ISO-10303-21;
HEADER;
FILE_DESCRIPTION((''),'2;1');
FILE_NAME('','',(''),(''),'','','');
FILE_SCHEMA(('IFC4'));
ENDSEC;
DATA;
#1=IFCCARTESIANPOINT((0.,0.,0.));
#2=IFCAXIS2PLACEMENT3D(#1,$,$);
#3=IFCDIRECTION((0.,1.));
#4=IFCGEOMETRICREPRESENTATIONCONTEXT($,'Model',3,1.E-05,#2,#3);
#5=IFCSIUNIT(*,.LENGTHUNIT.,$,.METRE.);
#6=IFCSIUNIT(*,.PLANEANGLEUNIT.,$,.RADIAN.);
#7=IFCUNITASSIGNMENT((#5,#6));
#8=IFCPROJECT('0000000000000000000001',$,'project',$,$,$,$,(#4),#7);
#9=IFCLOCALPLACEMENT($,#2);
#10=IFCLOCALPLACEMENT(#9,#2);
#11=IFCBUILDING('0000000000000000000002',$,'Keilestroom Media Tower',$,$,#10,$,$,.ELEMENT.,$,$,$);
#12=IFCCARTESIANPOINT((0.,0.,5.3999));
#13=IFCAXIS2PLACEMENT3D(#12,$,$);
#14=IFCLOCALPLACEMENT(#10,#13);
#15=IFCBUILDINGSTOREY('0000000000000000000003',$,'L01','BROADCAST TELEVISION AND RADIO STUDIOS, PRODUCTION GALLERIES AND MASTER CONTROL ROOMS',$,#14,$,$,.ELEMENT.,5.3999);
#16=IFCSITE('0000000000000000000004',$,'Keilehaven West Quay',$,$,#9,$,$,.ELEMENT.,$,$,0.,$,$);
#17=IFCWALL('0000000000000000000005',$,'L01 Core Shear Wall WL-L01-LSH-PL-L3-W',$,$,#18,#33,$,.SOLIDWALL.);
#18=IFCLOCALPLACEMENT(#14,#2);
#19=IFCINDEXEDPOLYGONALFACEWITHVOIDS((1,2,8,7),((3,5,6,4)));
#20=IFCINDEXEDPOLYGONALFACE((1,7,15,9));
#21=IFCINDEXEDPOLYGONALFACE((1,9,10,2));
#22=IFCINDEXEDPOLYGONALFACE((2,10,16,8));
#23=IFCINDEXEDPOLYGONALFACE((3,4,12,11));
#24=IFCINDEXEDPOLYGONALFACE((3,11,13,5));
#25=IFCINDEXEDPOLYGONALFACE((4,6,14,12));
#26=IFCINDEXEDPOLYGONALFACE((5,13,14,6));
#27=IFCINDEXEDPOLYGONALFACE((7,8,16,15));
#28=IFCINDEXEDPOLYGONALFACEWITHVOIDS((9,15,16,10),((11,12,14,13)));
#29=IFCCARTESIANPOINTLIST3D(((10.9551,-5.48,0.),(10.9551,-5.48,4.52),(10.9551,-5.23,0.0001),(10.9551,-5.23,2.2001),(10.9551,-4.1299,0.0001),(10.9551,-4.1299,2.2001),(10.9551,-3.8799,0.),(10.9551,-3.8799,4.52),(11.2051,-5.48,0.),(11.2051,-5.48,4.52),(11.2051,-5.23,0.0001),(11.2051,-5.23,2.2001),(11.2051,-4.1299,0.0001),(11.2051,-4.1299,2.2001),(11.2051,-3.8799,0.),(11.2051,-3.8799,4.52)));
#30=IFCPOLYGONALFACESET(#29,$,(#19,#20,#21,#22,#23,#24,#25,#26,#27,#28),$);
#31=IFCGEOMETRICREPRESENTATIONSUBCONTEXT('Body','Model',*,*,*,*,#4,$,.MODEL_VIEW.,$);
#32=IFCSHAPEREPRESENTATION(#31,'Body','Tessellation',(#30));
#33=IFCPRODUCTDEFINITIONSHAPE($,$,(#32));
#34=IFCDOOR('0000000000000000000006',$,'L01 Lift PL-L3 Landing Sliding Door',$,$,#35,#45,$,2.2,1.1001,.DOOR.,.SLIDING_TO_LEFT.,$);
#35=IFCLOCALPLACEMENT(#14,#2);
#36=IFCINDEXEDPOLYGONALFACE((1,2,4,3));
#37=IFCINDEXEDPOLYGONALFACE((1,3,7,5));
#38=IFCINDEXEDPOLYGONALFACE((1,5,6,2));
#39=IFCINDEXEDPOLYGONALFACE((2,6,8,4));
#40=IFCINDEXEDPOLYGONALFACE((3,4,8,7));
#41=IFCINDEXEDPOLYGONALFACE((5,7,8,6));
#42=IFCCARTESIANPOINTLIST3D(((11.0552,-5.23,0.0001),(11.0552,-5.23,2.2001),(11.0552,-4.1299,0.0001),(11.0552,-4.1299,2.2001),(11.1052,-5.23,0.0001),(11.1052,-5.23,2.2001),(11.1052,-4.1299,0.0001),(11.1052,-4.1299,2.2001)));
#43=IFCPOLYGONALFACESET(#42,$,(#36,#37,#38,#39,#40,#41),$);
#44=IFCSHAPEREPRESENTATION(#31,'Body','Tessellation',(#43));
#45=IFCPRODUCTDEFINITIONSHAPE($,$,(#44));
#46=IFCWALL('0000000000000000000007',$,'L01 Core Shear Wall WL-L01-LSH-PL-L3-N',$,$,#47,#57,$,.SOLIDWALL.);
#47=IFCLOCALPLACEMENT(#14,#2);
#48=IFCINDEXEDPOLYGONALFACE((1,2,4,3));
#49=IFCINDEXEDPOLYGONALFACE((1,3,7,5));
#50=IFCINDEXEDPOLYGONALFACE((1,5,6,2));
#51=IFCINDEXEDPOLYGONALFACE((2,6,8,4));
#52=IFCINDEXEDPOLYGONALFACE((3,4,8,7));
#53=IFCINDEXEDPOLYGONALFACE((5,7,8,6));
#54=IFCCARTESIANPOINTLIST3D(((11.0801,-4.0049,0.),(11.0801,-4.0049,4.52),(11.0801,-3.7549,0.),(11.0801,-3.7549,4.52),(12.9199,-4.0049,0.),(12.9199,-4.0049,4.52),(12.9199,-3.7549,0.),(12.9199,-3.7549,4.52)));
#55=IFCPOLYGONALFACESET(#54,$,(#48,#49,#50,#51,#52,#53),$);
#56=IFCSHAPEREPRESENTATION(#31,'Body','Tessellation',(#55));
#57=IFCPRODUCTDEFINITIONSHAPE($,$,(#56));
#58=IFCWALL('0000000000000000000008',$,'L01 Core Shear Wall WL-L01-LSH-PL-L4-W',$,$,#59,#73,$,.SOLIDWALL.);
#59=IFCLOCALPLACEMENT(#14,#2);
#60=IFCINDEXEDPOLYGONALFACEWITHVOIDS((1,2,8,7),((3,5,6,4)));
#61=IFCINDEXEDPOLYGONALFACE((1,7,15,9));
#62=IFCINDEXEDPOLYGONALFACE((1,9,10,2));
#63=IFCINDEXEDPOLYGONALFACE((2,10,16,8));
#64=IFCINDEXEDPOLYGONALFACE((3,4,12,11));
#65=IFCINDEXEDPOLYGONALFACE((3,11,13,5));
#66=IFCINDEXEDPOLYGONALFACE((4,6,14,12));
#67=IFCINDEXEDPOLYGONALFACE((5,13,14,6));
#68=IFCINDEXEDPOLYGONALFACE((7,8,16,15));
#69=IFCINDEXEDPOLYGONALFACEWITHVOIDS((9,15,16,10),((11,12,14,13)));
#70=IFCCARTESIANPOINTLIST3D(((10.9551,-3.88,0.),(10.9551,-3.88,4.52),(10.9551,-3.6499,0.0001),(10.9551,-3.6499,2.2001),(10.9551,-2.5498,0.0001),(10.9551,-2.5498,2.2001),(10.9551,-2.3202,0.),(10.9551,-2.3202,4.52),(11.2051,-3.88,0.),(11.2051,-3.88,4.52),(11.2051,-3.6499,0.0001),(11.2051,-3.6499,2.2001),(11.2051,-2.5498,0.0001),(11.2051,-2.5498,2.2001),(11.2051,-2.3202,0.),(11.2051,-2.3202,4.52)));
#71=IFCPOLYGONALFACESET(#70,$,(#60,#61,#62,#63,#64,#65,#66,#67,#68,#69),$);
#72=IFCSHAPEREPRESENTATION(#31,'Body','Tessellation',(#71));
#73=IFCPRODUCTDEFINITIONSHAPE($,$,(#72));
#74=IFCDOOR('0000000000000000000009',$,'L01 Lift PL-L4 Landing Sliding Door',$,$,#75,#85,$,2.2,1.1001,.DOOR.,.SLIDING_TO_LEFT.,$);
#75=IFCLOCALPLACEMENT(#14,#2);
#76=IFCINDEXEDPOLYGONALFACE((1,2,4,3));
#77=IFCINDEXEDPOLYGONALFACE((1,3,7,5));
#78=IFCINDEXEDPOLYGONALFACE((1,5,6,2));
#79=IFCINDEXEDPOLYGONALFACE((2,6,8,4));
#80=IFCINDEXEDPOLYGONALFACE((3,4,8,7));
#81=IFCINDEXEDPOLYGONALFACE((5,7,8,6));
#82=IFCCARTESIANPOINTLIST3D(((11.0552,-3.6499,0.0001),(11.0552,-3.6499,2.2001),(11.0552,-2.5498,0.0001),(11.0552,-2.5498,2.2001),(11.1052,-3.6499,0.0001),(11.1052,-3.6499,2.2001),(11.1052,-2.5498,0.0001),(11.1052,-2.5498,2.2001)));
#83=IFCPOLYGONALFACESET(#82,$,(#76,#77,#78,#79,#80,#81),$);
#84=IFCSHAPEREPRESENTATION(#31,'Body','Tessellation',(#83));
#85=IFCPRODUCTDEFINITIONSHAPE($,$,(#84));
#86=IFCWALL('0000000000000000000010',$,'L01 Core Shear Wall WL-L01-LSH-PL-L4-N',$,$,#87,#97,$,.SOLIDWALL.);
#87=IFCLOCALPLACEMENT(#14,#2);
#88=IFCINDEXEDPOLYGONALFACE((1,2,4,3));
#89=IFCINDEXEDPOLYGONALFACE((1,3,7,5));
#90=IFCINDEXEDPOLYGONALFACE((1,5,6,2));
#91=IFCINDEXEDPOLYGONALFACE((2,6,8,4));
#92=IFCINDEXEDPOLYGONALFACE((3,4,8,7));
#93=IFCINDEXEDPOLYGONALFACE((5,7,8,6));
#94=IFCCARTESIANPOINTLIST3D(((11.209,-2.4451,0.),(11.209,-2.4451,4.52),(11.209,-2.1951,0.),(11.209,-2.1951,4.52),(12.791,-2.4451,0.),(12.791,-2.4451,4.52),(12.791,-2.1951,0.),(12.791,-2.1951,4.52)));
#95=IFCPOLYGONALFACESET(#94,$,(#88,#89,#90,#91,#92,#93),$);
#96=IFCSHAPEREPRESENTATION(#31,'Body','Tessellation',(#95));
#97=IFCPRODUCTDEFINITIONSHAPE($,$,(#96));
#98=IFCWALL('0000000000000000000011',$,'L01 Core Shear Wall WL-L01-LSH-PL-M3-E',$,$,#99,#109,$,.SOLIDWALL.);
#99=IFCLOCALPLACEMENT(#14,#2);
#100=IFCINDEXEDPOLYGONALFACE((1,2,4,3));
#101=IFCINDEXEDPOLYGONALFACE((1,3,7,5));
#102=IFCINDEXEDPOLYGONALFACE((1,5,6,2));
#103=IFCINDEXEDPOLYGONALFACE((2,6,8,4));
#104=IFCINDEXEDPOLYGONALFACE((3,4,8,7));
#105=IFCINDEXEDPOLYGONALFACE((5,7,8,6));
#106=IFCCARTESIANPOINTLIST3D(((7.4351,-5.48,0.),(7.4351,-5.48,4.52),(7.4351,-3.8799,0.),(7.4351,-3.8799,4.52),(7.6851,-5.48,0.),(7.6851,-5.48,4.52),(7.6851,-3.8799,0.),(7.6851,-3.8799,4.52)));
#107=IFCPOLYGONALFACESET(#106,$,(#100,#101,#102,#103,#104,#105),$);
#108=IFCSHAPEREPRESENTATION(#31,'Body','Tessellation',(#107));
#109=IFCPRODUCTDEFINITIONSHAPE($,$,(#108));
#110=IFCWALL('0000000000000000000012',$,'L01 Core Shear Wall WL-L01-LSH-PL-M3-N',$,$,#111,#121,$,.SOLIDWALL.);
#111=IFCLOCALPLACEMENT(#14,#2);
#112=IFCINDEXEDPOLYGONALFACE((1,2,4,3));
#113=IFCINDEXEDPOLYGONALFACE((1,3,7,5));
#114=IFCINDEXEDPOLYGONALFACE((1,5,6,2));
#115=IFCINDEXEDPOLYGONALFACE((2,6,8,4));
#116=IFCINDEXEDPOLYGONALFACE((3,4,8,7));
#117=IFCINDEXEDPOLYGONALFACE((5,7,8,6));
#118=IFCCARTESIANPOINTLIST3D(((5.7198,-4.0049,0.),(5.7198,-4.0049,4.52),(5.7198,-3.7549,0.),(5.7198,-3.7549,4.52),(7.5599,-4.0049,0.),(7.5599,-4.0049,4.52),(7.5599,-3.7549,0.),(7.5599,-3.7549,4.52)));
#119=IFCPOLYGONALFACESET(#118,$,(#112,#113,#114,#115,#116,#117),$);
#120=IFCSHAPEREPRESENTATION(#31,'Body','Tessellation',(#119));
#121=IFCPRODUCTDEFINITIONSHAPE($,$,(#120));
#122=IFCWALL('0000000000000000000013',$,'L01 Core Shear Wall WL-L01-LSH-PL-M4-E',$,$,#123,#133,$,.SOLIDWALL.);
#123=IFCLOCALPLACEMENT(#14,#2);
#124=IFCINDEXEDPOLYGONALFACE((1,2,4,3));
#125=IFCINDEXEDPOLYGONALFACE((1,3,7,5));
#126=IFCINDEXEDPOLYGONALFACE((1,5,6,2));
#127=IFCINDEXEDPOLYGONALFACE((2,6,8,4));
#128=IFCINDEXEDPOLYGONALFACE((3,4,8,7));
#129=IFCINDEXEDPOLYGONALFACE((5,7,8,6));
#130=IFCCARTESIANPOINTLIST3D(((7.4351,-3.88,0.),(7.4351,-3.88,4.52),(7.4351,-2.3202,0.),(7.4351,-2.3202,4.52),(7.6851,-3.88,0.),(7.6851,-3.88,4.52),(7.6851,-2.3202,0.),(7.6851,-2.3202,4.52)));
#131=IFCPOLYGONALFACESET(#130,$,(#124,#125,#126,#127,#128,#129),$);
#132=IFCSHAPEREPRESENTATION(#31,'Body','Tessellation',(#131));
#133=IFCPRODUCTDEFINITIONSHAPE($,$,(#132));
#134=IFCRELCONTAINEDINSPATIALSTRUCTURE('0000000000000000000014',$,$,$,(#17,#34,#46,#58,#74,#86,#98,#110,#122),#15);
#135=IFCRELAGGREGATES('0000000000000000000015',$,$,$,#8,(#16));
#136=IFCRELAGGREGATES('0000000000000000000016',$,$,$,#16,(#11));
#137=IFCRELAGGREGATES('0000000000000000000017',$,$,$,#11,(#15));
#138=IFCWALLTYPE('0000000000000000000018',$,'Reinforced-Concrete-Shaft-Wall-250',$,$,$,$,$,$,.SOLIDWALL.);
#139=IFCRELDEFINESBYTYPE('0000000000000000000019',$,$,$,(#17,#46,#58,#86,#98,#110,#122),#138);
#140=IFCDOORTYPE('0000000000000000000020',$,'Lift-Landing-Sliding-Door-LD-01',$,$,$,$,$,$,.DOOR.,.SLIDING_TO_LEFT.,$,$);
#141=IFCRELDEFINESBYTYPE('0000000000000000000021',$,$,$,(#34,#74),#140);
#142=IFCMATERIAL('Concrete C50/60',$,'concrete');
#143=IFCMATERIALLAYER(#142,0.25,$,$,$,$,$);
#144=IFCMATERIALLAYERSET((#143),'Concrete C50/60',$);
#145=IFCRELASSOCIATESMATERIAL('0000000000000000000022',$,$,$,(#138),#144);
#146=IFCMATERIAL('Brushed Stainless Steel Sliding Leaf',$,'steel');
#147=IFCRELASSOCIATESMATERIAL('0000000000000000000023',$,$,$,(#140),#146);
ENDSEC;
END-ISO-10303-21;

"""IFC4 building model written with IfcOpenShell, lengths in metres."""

from ifc_helpers import new_model, si_unit, direction, frame, frame_2d, origin, place, context, subcontext, project, spatial, rectangle, extrude, source, transform, mapped, material, layer, layer_set, type_object, element, fill, save


model = new_model("IFC4")

# Units and contexts
model_context = context("Model", 3, precision=1e-05, world=origin(), true_north=direction((0.0, 1.0)))
body_context = subcontext(model_context, "Body", "Model", "MODEL_VIEW")
ifc_project = project(units=[si_unit("LENGTHUNIT", "METRE"), si_unit("PLANEANGLEUNIT", "RADIAN")], contexts=[model_context])

# Site, building, storey
site_placement = place(None, origin())
site = spatial("IfcSite", under=ifc_project, at=site_placement, Name="Keilehaven West Quay", CompositionType="ELEMENT", RefElevation=0.0)
building_placement = place(site_placement, origin())
building = spatial("IfcBuilding", under=site, at=building_placement, Name="Keilestroom Media Tower", CompositionType="ELEMENT")
storey_placement = place(building_placement, frame((0.0, 0.0, 5.3999)))
storey = spatial("IfcBuildingStorey", under=building, at=storey_placement, Name="L01", Description="BROADCAST TELEVISION AND RADIO STUDIOS, PRODUCTION GALLERIES AND MASTER CONTROL ROOMS", CompositionType="ELEMENT", Elevation=5.3999)

# Shared definitions
ifc_material_1 = material(Name="Concrete C50/60", Category="concrete")
ifc_layer_1 = layer(ifc_material_1, 0.25)
ifc_layer_set_1 = layer_set([ifc_layer_1], Name="Concrete C50/60")
wall_type_1 = type_object("IfcWallType", Name="Reinforced-Concrete-Shaft-Wall-250", PredefinedType="SOLIDWALL", material=ifc_layer_set_1)

# Shared definitions
ifc_material_2 = material(Name="Brushed Stainless Steel Sliding Leaf", Category="steel")

# Wall, opening, door
wall_1_placement = place(storey_placement, frame((11.0801, -5.48, 0.0), z_axis=(0.0, 0.0, 1.0), x_axis=(0.0, 1.0, 0.0)))
wall_1 = element("IfcWall", 1, at=wall_1_placement, inside=storey, type_object=wall_type_1, Name="L01 Core Shear Wall WL-L01-LSH-PL-L3-W", PredefinedType="SOLIDWALL", context=body_context, shape_type="SweptSolid", body=[
    extrude(rectangle(XDim=1.6001, YDim=0.25, at=frame_2d((0.8, 0.0))), origin(), (0.0, 0.0, 1.0), 4.52),
])
opening_1_placement = place(wall_1_placement, frame((0.25, 0.0, 0.0)))
opening_1 = element("IfcOpeningElement", 2, at=opening_1_placement, cuts=wall_1, PredefinedType="OPENING", context=body_context, shape_type="SweptSolid", body=[
    extrude(rectangle(XDim=1.1001, YDim=2.2, at=frame_2d((0.55, 1.1001))), frame((0.0, 0.135, 0.0), z_axis=(0.0, -1.0, 0.0), x_axis=(1.0, 0.0, 0.0)), (0.0, 0.0, 1.0), 0.27),
])
door_type_1 = type_object("IfcDoorType", Name="Lift-Landing-Sliding-Door-LD-01", OperationType="SLIDING_TO_LEFT", PredefinedType="DOOR", material=ifc_material_2)
shared_shape_1 = source(origin(), body_context, "Body", "SweptSolid", [
    extrude(rectangle(XDim=1.1001, YDim=2.2, at=frame_2d((0.55, 1.1001))), frame((0.0, 0.0249, 0.0), z_axis=(0.0, -1.0, 0.0), x_axis=(1.0, 0.0, 0.0)), (0.0, 0.0, 1.0), 0.05),
])
door_1_placement = place(opening_1_placement, origin())
door_1 = element("IfcDoor", 3, at=door_1_placement, inside=storey, type_object=door_type_1, Name="L01 Lift PL-L3 Landing Sliding Door", OperationType="SLIDING_TO_LEFT", OverallHeight=2.2, OverallWidth=1.1001, PredefinedType="DOOR", context=body_context, shape_type="MappedRepresentation", body=[
    mapped(shared_shape_1, transform((0.0, 0.0, 0.0), x_axis=(1.0, 0.0, 0.0), y_axis=(0.0, 1.0, 0.0), z_axis=(0.0, 0.0, 1.0), scale=1.0)),
])
fill(opening_1, door_1)

# Wall
wall_2_placement = place(storey_placement, frame((11.0801, -3.8799, 0.0), z_axis=(0.0, 0.0, 1.0), x_axis=(1.0, 0.0, 0.0)))
element("IfcWall", 4, at=wall_2_placement, inside=storey, type_object=wall_type_1, Name="L01 Core Shear Wall WL-L01-LSH-PL-L3-N", PredefinedType="SOLIDWALL", context=body_context, shape_type="SweptSolid", body=[
    extrude(rectangle(XDim=1.8398, YDim=0.25, at=frame_2d((0.9199, 0.0))), origin(), (0.0, 0.0, 1.0), 4.52),
])

# Wall, opening, door
wall_3_placement = place(storey_placement, frame((11.0801, -3.8799, 0.0), z_axis=(0.0, 0.0, 1.0), x_axis=(0.0, 1.0, 0.0)))
wall_3 = element("IfcWall", 5, at=wall_3_placement, inside=storey, type_object=wall_type_1, Name="L01 Core Shear Wall WL-L01-LSH-PL-L4-W", PredefinedType="SOLIDWALL", context=body_context, shape_type="SweptSolid", body=[
    extrude(rectangle(XDim=1.5598, YDim=0.25, at=frame_2d((0.7798, 0.0))), origin(), (0.0, 0.0, 1.0), 4.52),
])
opening_2_placement = place(wall_3_placement, frame((0.23, 0.0, 0.0)))
opening_2 = element("IfcOpeningElement", 6, at=opening_2_placement, cuts=wall_3, PredefinedType="OPENING", context=body_context, shape_type="SweptSolid", body=[
    extrude(rectangle(XDim=1.1001, YDim=2.2, at=frame_2d((0.55, 1.1001))), frame((0.0, 0.135, 0.0), z_axis=(0.0, -1.0, 0.0), x_axis=(1.0, 0.0, 0.0)), (0.0, 0.0, 1.0), 0.27),
])
door_2_placement = place(opening_2_placement, origin())
door_2 = element("IfcDoor", 7, at=door_2_placement, inside=storey, type_object=door_type_1, Name="L01 Lift PL-L4 Landing Sliding Door", OperationType="SLIDING_TO_LEFT", OverallHeight=2.2, OverallWidth=1.1001, PredefinedType="DOOR", context=body_context, shape_type="MappedRepresentation", body=[
    mapped(shared_shape_1, transform((0.0, 0.0, 0.0), x_axis=(1.0, 0.0, 0.0), y_axis=(0.0, 1.0, 0.0), z_axis=(0.0, 0.0, 1.0), scale=1.0)),
])
fill(opening_2, door_2)

# Walls
wall_4_placement = place(storey_placement, frame((11.209, -2.3201, 0.0), z_axis=(0.0, 0.0, 1.0), x_axis=(1.0, 0.0, 0.0)))
element("IfcWall", 8, at=wall_4_placement, inside=storey, type_object=wall_type_1, Name="L01 Core Shear Wall WL-L01-LSH-PL-L4-N", PredefinedType="SOLIDWALL", context=body_context, shape_type="SweptSolid", body=[
    extrude(rectangle(XDim=1.582, YDim=0.25, at=frame_2d((0.791, 0.0))), origin(), (0.0, 0.0, 1.0), 4.52),
])
wall_5_placement = place(storey_placement, frame((7.5601, -5.48, 0.0), z_axis=(0.0, 0.0, 1.0), x_axis=(0.0, 1.0, 0.0)))
element("IfcWall", 9, at=wall_5_placement, inside=storey, type_object=wall_type_1, Name="L01 Core Shear Wall WL-L01-LSH-PL-M3-E", PredefinedType="SOLIDWALL", context=body_context, shape_type="SweptSolid", body=[
    extrude(rectangle(XDim=1.6001, YDim=0.25, at=frame_2d((0.8, 0.0))), origin(), (0.0, 0.0, 1.0), 4.52),
])
wall_6_placement = place(storey_placement, frame((5.72, -3.8799, 0.0), z_axis=(0.0, 0.0, 1.0), x_axis=(1.0, 0.0, 0.0)))
element("IfcWall", 10, at=wall_6_placement, inside=storey, type_object=wall_type_1, Name="L01 Core Shear Wall WL-L01-LSH-PL-M3-N", PredefinedType="SOLIDWALL", context=body_context, shape_type="SweptSolid", body=[
    extrude(rectangle(XDim=1.8401, YDim=0.25, at=frame_2d((0.9199, 0.0))), origin(), (0.0, 0.0, 1.0), 4.52),
])
wall_7_placement = place(storey_placement, frame((7.5601, -3.8799, 0.0), z_axis=(0.0, 0.0, 1.0), x_axis=(0.0, 1.0, 0.0)))
element("IfcWall", 11, at=wall_7_placement, inside=storey, type_object=wall_type_1, Name="L01 Core Shear Wall WL-L01-LSH-PL-M4-E", PredefinedType="SOLIDWALL", context=body_context, shape_type="SweptSolid", body=[
    extrude(rectangle(XDim=1.5598, YDim=0.25, at=frame_2d((0.7798, 0.0))), origin(), (0.0, 0.0, 1.0), 4.52),
])

save(model, "model.ifc")
